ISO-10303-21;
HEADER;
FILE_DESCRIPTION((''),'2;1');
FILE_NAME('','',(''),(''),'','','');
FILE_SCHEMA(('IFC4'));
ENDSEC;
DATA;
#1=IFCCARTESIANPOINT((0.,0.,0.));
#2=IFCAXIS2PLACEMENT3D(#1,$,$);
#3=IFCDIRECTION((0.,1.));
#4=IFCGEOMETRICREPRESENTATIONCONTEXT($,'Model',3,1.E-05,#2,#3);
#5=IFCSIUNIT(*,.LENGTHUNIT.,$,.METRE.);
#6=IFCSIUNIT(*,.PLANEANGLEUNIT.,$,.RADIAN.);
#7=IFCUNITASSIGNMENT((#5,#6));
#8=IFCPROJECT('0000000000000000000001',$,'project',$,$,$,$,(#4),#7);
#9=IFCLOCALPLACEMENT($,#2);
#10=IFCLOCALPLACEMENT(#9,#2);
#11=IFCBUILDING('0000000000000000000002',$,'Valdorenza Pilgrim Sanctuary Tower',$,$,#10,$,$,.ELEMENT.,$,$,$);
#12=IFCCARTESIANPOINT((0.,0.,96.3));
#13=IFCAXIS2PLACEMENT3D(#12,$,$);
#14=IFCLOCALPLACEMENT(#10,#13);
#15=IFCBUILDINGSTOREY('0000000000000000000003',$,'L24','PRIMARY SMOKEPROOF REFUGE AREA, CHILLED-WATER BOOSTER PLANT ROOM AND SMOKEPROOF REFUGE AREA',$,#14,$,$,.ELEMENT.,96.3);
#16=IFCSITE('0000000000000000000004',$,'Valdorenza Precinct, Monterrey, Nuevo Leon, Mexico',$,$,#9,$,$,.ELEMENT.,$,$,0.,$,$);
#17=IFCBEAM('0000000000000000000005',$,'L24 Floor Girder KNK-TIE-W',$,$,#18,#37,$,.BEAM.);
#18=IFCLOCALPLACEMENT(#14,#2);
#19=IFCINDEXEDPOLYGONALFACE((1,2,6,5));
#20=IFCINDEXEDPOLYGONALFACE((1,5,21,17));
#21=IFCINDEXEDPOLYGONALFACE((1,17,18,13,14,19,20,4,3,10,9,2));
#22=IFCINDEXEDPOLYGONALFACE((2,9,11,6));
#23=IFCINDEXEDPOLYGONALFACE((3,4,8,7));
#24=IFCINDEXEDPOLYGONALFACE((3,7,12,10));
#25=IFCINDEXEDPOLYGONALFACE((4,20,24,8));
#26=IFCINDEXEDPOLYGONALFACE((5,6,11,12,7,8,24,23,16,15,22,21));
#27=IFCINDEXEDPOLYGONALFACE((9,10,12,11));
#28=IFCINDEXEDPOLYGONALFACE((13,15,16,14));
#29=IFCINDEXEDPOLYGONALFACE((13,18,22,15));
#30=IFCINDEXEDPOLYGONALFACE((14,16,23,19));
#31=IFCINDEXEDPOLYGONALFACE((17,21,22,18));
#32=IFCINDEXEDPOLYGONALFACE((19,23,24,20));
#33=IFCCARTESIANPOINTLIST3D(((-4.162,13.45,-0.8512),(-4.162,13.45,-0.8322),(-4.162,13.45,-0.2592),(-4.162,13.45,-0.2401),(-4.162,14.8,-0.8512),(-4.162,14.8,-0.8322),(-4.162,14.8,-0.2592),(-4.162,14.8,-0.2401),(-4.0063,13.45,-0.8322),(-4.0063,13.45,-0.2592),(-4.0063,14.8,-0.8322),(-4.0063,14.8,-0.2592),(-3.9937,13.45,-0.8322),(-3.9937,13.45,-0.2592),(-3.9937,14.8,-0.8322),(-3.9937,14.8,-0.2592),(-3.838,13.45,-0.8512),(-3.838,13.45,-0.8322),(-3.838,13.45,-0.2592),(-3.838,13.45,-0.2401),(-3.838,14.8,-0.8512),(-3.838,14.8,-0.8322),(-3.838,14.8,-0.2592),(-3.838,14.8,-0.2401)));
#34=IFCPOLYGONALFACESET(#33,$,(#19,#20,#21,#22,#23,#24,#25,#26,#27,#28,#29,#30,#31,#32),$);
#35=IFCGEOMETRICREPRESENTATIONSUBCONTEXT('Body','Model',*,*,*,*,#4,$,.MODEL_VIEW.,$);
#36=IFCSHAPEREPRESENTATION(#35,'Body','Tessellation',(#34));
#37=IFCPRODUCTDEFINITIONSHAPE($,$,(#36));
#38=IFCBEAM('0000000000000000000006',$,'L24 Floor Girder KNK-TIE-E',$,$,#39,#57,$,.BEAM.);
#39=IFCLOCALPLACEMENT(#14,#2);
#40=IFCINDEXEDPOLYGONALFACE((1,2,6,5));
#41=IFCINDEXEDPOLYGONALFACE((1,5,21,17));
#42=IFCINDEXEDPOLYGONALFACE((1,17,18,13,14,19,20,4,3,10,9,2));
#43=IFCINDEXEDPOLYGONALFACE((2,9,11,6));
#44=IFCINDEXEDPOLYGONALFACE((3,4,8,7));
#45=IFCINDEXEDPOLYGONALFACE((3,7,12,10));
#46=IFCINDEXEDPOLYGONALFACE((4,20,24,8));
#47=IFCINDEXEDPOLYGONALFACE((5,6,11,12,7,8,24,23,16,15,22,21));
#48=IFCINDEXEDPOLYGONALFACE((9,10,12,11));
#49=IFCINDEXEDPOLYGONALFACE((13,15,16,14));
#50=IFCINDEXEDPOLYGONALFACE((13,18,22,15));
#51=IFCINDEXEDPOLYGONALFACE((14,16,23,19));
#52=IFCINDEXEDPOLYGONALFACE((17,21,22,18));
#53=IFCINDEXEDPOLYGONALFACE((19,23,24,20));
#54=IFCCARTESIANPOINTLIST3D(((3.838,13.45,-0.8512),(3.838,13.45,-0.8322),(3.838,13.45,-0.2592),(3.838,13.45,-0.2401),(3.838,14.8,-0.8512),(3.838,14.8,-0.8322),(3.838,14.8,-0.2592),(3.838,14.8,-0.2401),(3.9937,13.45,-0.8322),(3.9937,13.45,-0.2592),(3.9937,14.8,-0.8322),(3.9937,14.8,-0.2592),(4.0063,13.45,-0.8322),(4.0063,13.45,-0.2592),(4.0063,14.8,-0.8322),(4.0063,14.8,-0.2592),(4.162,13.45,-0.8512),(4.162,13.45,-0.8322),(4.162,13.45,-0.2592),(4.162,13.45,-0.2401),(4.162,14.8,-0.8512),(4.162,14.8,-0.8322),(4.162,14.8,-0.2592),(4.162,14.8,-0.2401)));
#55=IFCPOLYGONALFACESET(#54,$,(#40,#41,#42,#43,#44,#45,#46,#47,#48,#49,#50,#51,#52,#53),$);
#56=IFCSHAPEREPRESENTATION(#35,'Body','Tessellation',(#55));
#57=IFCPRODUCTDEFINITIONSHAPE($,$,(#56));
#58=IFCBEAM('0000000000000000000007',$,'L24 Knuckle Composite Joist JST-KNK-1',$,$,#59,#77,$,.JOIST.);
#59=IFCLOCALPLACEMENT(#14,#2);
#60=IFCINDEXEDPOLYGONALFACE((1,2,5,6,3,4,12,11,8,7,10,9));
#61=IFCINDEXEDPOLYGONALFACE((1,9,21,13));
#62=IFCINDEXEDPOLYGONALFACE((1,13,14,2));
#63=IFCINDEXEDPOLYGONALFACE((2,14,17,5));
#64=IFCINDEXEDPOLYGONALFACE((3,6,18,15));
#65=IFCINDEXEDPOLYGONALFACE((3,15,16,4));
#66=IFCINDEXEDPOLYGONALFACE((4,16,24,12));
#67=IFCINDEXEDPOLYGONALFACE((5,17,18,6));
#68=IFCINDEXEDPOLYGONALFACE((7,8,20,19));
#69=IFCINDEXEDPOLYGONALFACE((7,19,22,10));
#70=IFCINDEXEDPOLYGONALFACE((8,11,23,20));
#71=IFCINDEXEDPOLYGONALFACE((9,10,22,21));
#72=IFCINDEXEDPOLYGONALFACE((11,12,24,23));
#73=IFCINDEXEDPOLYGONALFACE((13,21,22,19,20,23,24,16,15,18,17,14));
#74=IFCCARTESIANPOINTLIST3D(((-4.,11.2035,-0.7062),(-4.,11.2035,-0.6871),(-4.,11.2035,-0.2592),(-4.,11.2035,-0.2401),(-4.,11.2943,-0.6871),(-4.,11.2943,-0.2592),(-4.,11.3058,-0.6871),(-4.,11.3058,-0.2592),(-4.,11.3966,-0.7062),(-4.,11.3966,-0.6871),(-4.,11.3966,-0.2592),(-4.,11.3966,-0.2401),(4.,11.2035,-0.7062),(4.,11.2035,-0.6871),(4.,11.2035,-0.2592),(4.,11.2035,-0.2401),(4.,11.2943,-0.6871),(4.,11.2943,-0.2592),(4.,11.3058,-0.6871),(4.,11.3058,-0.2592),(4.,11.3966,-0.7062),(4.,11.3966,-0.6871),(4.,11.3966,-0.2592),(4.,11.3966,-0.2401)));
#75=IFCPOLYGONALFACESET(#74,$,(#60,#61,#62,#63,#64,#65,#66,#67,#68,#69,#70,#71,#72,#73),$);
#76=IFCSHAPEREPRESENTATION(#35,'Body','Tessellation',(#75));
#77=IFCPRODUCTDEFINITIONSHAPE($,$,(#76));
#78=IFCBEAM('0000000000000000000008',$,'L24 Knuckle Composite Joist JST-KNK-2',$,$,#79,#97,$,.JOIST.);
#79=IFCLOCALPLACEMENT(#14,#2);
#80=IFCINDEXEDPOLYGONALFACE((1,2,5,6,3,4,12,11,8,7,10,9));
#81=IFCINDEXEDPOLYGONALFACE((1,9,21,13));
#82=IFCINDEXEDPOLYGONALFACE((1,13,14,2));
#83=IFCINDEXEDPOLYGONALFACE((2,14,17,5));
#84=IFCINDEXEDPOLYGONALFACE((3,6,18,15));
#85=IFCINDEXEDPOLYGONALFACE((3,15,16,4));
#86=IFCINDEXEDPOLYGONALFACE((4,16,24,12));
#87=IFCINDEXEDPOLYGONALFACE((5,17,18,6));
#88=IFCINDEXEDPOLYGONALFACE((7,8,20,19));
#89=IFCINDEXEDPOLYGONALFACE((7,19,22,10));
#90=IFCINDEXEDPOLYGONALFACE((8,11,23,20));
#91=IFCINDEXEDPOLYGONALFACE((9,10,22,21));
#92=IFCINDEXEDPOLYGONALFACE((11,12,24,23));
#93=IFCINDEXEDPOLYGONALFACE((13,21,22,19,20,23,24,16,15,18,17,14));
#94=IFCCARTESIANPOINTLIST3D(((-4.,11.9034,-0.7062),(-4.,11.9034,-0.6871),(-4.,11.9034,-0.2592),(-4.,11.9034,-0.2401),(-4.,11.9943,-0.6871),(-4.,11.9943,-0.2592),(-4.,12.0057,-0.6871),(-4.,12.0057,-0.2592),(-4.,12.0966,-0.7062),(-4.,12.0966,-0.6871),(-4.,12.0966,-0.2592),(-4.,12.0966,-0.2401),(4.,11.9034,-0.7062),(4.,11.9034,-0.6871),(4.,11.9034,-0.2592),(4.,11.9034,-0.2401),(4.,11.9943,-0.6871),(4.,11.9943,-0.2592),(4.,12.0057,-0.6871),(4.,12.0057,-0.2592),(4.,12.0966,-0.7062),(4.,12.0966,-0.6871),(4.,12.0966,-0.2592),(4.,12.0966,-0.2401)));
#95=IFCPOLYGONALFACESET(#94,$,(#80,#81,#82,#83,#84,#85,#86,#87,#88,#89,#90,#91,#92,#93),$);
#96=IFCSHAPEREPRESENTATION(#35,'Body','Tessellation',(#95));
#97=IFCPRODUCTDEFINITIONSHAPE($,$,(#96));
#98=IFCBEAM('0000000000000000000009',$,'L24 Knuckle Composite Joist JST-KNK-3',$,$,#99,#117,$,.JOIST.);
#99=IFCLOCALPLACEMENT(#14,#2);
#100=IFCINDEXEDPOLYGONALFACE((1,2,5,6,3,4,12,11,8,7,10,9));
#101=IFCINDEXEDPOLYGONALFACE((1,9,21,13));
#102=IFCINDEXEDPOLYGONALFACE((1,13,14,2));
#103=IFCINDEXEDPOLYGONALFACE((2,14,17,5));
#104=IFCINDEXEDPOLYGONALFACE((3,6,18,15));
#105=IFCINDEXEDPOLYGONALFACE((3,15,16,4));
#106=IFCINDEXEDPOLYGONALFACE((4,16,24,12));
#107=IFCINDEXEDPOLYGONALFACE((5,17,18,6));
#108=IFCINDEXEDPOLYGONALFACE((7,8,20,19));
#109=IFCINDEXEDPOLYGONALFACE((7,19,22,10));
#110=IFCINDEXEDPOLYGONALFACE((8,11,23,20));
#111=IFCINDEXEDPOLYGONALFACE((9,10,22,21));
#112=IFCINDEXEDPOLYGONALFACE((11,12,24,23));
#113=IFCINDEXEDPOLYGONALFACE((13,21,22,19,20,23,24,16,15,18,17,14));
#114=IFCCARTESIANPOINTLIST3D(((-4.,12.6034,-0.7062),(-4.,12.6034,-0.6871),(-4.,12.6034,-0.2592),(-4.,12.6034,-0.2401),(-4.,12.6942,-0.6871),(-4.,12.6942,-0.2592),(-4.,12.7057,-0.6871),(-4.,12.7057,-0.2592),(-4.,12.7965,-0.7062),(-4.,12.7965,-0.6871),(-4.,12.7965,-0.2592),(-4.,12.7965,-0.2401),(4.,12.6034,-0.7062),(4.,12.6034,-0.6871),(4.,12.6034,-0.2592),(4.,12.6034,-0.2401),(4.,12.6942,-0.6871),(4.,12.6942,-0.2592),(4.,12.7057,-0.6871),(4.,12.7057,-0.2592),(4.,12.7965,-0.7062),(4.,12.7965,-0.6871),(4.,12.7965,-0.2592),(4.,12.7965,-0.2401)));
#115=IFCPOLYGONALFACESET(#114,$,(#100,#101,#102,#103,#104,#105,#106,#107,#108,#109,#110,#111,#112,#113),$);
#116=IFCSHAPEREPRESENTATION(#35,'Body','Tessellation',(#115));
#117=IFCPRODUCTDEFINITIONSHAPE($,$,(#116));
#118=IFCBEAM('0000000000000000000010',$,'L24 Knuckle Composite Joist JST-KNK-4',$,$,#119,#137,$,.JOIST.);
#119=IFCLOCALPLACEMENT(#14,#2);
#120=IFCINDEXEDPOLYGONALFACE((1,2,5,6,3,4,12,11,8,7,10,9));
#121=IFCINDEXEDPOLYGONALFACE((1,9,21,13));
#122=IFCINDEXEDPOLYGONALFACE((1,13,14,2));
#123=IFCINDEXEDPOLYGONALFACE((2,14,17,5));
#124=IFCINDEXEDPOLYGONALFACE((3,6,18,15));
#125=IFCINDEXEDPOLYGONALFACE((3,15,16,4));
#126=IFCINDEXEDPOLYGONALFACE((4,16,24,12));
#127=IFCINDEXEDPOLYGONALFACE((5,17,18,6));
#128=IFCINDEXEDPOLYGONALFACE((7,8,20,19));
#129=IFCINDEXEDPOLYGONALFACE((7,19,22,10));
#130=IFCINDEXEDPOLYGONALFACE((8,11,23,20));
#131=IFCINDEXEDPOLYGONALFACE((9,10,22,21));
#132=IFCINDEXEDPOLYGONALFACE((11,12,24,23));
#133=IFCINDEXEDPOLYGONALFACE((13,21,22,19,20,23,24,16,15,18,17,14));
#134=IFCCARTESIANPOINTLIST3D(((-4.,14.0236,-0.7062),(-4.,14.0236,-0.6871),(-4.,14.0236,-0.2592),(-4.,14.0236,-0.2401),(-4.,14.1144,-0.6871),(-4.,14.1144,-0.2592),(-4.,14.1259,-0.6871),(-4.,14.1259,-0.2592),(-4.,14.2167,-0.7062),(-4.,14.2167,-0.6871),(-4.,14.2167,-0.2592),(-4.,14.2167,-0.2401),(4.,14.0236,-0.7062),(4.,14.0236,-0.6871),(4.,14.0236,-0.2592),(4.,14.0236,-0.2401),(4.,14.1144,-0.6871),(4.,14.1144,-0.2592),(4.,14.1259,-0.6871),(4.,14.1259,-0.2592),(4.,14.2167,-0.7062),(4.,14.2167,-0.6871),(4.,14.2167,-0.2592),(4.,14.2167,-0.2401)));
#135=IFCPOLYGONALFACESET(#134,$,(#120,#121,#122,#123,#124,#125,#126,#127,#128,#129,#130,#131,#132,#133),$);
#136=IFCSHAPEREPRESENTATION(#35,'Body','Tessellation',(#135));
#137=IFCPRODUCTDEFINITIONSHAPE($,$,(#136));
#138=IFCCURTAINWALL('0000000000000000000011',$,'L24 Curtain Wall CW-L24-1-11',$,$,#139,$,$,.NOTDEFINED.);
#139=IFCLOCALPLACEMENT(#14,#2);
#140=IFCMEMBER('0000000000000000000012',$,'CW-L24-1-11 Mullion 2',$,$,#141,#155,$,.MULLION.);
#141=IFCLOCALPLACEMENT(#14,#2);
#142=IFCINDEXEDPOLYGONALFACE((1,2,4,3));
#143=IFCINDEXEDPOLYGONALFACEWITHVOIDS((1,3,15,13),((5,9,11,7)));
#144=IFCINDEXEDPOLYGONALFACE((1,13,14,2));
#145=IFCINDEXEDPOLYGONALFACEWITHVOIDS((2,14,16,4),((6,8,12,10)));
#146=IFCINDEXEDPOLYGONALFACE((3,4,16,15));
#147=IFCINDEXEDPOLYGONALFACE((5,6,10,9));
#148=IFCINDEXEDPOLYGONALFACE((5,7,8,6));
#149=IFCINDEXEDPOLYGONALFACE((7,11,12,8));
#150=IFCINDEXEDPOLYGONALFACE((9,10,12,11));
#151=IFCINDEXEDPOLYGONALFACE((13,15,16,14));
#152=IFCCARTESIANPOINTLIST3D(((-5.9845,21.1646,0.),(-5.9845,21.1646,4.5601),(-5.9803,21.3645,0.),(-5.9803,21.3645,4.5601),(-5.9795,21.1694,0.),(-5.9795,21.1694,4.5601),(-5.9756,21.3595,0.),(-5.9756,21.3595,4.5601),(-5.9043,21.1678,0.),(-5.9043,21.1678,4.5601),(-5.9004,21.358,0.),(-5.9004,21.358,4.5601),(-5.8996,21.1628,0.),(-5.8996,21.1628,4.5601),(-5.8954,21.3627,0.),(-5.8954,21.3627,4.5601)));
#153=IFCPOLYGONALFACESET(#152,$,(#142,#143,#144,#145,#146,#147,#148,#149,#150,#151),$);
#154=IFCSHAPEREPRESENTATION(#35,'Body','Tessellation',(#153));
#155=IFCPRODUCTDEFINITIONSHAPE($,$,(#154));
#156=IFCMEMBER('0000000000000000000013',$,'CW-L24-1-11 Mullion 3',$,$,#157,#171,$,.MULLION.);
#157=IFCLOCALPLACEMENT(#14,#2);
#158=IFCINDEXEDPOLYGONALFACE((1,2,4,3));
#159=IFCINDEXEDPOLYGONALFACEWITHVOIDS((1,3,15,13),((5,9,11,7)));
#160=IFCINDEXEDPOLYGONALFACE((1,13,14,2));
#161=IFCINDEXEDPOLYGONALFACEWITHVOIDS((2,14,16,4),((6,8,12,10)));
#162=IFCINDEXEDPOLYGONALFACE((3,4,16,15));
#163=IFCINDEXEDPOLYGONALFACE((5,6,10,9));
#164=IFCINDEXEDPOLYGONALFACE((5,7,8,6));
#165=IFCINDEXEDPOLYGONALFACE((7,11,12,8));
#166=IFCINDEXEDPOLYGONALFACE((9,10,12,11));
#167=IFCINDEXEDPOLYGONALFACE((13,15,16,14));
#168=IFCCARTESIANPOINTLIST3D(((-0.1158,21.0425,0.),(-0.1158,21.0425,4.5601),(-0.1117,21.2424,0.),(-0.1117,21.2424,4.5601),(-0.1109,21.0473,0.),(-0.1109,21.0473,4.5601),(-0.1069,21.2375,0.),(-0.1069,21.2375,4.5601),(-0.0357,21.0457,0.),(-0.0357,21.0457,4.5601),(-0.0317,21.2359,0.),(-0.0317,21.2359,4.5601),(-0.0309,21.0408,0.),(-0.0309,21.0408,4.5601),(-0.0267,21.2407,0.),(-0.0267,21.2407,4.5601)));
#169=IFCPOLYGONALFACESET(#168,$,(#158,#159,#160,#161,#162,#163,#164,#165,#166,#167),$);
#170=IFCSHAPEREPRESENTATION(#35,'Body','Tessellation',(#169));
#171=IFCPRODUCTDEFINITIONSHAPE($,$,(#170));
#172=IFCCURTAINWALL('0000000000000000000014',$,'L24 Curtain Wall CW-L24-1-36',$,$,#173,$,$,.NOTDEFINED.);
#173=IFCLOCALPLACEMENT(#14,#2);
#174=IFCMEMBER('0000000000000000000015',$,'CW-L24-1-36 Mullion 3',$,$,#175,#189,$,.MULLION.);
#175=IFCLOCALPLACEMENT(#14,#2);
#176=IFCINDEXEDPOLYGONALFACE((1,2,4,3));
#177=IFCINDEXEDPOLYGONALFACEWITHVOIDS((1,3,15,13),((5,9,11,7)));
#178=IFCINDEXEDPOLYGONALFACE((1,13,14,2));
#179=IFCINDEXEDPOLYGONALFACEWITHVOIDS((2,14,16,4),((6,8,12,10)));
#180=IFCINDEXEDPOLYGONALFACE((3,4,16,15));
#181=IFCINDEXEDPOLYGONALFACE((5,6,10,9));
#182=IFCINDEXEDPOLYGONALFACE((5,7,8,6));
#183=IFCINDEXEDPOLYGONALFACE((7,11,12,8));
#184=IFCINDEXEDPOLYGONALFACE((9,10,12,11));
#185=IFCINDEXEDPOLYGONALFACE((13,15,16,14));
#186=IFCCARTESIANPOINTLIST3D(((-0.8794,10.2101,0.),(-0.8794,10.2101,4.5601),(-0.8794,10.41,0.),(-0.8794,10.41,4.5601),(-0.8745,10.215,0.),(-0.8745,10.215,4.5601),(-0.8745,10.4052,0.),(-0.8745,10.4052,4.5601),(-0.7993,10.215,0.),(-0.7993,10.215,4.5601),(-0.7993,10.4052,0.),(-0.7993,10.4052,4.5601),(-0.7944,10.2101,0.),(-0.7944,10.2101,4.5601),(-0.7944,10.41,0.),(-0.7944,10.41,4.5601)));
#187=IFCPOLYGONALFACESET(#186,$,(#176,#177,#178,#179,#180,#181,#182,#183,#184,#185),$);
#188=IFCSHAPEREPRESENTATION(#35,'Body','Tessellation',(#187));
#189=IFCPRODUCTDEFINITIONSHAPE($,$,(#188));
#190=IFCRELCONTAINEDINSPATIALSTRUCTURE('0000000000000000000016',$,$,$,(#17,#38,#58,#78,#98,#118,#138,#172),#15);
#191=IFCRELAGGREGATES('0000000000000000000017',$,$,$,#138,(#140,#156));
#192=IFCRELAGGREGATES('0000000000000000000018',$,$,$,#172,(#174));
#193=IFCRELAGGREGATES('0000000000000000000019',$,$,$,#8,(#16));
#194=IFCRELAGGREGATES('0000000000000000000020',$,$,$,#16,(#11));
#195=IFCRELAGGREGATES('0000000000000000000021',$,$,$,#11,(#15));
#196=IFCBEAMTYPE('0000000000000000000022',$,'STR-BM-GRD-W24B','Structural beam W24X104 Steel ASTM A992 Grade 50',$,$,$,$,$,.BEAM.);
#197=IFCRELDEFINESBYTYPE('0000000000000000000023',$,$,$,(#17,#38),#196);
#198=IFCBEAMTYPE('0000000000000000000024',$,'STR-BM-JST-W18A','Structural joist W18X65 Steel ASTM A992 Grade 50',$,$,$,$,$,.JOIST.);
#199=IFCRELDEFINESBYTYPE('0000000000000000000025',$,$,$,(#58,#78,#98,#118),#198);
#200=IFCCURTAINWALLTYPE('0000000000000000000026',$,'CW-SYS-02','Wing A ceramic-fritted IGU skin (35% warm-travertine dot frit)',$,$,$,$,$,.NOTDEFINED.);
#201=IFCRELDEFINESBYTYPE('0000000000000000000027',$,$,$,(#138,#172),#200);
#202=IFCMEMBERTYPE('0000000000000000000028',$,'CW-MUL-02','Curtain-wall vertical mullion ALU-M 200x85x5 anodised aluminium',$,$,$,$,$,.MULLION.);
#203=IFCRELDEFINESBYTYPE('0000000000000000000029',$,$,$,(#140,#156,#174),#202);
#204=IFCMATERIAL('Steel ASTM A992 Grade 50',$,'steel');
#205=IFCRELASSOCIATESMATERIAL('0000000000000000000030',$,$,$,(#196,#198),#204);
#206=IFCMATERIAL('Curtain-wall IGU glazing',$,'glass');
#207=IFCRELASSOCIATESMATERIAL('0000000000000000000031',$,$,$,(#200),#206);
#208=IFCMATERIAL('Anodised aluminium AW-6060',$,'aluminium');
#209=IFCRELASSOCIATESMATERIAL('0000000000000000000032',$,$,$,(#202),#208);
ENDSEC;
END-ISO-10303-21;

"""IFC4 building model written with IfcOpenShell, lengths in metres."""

from ifc_helpers import new_model, si_unit, direction, frame, origin, origin_2d, place, context, subcontext, project, spatial, hollow_rectangle, i_section, extrude, source, transform, mapped, material, material_profile, profile_set, type_object, element, aggregate, save


model = new_model("IFC4")

# Units and contexts
model_context = context("Model", 3, precision=1e-05, world=origin(), true_north=direction((0.0, 1.0)))
body_context = subcontext(model_context, "Body", "Model", "MODEL_VIEW")
ifc_project = project(units=[si_unit("LENGTHUNIT", "METRE"), si_unit("PLANEANGLEUNIT", "RADIAN")], contexts=[model_context])

# Site, building, storey
site_placement = place(None, origin())
site = spatial("IfcSite", under=ifc_project, at=site_placement, Name="Valdorenza Precinct, Monterrey, Nuevo Leon, Mexico", CompositionType="ELEMENT", RefElevation=0.0)
building_placement = place(site_placement, origin())
building = spatial("IfcBuilding", under=site, at=building_placement, Name="Valdorenza Pilgrim Sanctuary Tower", CompositionType="ELEMENT")
storey_placement = place(building_placement, frame((0.0, 0.0, 96.3)))
storey = spatial("IfcBuildingStorey", under=building, at=storey_placement, Name="L24", Description="PRIMARY SMOKEPROOF REFUGE AREA, CHILLED-WATER BOOSTER PLANT ROOM AND SMOKEPROOF REFUGE AREA", CompositionType="ELEMENT", Elevation=96.3)

# Shared definitions
ifc_material_1 = material(Name="Steel ASTM A992 Grade 50", Category="steel")

# Beams
ifc_material_profile_1 = material_profile(ifc_material_1, i_section(OverallWidth=0.324, OverallDepth=0.6111, WebThickness=0.0127, FlangeThickness=0.019, at=origin_2d()), Name="W24X104")
ifc_profile_set_1 = profile_set([ifc_material_profile_1], Name="Steel ASTM A992 Grade 50")
beam_type_1 = type_object("IfcBeamType", Name="STR-BM-GRD-W24B", Description="Structural beam W24X104 Steel ASTM A992 Grade 50", PredefinedType="BEAM", material=ifc_profile_set_1)
shared_shape_1 = source(origin(), body_context, "Body", "SweptSolid", [
    extrude(i_section(OverallWidth=0.324, OverallDepth=0.6111, WebThickness=0.0127, FlangeThickness=0.019, at=origin_2d()), origin(), (0.0, 0.0, 1.0), 1.3501),
])
for number, where, z_axis, x_axis, name in (
    (1, (-4.0, 13.45, -0.5457), (0.0, 1.0, 0.0), (-1.0, 0.0, 0.0), "L24 Floor Girder KNK-TIE-W"),
    (2, (4.0, 13.45, -0.5457), (0.0, 1.0, 0.0), (-1.0, 0.0, 0.0), "L24 Floor Girder KNK-TIE-E"),
):
    element("IfcBeam", number, at=place(storey_placement, frame(where, z_axis=z_axis, x_axis=x_axis)), inside=storey, type_object=beam_type_1, Name=name, PredefinedType="BEAM", context=body_context, shape_type="MappedRepresentation", body=[
        mapped(shared_shape_1, transform((0.0, 0.0, 0.0), x_axis=(1.0, 0.0, 0.0), y_axis=(0.0, 1.0, 0.0), z_axis=(0.0, 0.0, 1.0), scale=1.0)),
    ])
ifc_material_profile_2 = material_profile(ifc_material_1, i_section(OverallWidth=0.1931, OverallDepth=0.4661, WebThickness=0.0115, FlangeThickness=0.019, at=origin_2d()), Name="W18X65")
ifc_profile_set_2 = profile_set([ifc_material_profile_2], Name="Steel ASTM A992 Grade 50")
beam_type_2 = type_object("IfcBeamType", Name="STR-BM-JST-W18A", Description="Structural joist W18X65 Steel ASTM A992 Grade 50", PredefinedType="JOIST", material=ifc_profile_set_2)
shared_shape_2 = source(origin(), body_context, "Body", "SweptSolid", [
    extrude(i_section(OverallWidth=0.1931, OverallDepth=0.4661, WebThickness=0.0115, FlangeThickness=0.019, at=origin_2d()), origin(), (0.0, 0.0, 1.0), 8.0),
])
for number, where, z_axis, x_axis, name in (
    (3, (-4.0, 11.3, -0.4731), (1.0, 0.0, 0.0), (0.0, 1.0, 0.0), "L24 Knuckle Composite Joist JST-KNK-1"),
    (4, (-4.0, 12.0, -0.4731), (1.0, 0.0, 0.0), (0.0, 1.0, 0.0), "L24 Knuckle Composite Joist JST-KNK-2"),
    (5, (-4.0, 12.7, -0.4731), (1.0, 0.0, 0.0), (0.0, 1.0, 0.0), "L24 Knuckle Composite Joist JST-KNK-3"),
    (6, (-4.0, 14.1201, -0.4731), (1.0, 0.0, 0.0), (0.0, 1.0, 0.0), "L24 Knuckle Composite Joist JST-KNK-4"),
):
    element("IfcBeam", number, at=place(storey_placement, frame(where, z_axis=z_axis, x_axis=x_axis)), inside=storey, type_object=beam_type_2, Name=name, PredefinedType="JOIST", context=body_context, shape_type="MappedRepresentation", body=[
        mapped(shared_shape_2, transform((0.0, 0.0, 0.0), x_axis=(1.0, 0.0, 0.0), y_axis=(0.0, 1.0, 0.0), z_axis=(0.0, 0.0, 1.0), scale=1.0)),
    ])

# Curtain walls, members
ifc_material_2 = material(Name="Curtain-wall IGU glazing", Category="glass")
curtain_wall_type = type_object("IfcCurtainWallType", Name="CW-SYS-02", Description="Wing A ceramic-fritted IGU skin (35% warm-travertine dot frit)", PredefinedType="NOTDEFINED", material=ifc_material_2)
curtain_wall_1_placement = place(storey_placement, origin())
curtain_wall_1 = element("IfcCurtainWall", 7, at=curtain_wall_1_placement, inside=storey, type_object=curtain_wall_type, Name="L24 Curtain Wall CW-L24-1-11", PredefinedType="NOTDEFINED")
ifc_material_3 = material(Name="Anodised aluminium AW-6060", Category="aluminium")
ifc_material_profile_3 = material_profile(ifc_material_3, hollow_rectangle(XDim=0.085, YDim=0.2, WallThickness=0.0049, at=origin_2d()), Name="ALU-M 200x85x5")
ifc_profile_set_3 = profile_set([ifc_material_profile_3], Name="Anodised aluminium AW-6060")
member_type = type_object("IfcMemberType", Name="CW-MUL-02", Description="Curtain-wall vertical mullion ALU-M 200x85x5 anodised aluminium", PredefinedType="MULLION", material=ifc_profile_set_3)
shared_shape_3 = source(origin(), body_context, "Body", "SweptSolid", [
    extrude(hollow_rectangle(XDim=0.085, YDim=0.2, WallThickness=0.0049, at=origin_2d()), origin(), (0.0, 0.0, 1.0), 4.5601),
])
member_1_placement = place(storey_placement, frame((-5.9399, 21.2637, 0.0), z_axis=(0.0, 0.0, 1.0), x_axis=(0.999783, -0.02082, 0.0)))
member_1 = element("IfcMember", 8, at=member_1_placement, type_object=member_type, Name="CW-L24-1-11 Mullion 2", PredefinedType="MULLION", context=body_context, shape_type="MappedRepresentation", body=[
    mapped(shared_shape_3, transform((0.0, 0.0, 0.0), x_axis=(1.0, 0.0, 0.0), y_axis=(0.0, 1.0, 0.0), z_axis=(0.0, 0.0, 1.0), scale=1.0)),
])
member_2_placement = place(storey_placement, frame((-0.0713, 21.1416, 0.0), z_axis=(0.0, 0.0, 1.0), x_axis=(0.999783, -0.02082, 0.0)))
member_2 = element("IfcMember", 9, at=member_2_placement, type_object=member_type, Name="CW-L24-1-11 Mullion 3", PredefinedType="MULLION", context=body_context, shape_type="MappedRepresentation", body=[
    mapped(shared_shape_3, transform((0.0, 0.0, 0.0), x_axis=(1.0, 0.0, 0.0), y_axis=(0.0, 1.0, 0.0), z_axis=(0.0, 0.0, 1.0), scale=1.0)),
])
curtain_wall_2_placement = place(storey_placement, origin())
curtain_wall_2 = element("IfcCurtainWall", 10, at=curtain_wall_2_placement, inside=storey, type_object=curtain_wall_type, Name="L24 Curtain Wall CW-L24-1-36", PredefinedType="NOTDEFINED")
member_3_placement = place(storey_placement, frame((-0.8369, 10.3101, 0.0), z_axis=(0.0, 0.0, 1.0), x_axis=(-1.0, 0.0, 0.0)))
member_3 = element("IfcMember", 11, at=member_3_placement, type_object=member_type, Name="CW-L24-1-36 Mullion 3", PredefinedType="MULLION", context=body_context, shape_type="MappedRepresentation", body=[
    mapped(shared_shape_3, transform((0.0, 0.0, 0.0), x_axis=(1.0, 0.0, 0.0), y_axis=(0.0, 1.0, 0.0), z_axis=(0.0, 0.0, 1.0), scale=1.0)),
])

aggregate(curtain_wall_1, [member_1, member_2])
aggregate(curtain_wall_2, [member_3])

save(model, "model.ifc")
